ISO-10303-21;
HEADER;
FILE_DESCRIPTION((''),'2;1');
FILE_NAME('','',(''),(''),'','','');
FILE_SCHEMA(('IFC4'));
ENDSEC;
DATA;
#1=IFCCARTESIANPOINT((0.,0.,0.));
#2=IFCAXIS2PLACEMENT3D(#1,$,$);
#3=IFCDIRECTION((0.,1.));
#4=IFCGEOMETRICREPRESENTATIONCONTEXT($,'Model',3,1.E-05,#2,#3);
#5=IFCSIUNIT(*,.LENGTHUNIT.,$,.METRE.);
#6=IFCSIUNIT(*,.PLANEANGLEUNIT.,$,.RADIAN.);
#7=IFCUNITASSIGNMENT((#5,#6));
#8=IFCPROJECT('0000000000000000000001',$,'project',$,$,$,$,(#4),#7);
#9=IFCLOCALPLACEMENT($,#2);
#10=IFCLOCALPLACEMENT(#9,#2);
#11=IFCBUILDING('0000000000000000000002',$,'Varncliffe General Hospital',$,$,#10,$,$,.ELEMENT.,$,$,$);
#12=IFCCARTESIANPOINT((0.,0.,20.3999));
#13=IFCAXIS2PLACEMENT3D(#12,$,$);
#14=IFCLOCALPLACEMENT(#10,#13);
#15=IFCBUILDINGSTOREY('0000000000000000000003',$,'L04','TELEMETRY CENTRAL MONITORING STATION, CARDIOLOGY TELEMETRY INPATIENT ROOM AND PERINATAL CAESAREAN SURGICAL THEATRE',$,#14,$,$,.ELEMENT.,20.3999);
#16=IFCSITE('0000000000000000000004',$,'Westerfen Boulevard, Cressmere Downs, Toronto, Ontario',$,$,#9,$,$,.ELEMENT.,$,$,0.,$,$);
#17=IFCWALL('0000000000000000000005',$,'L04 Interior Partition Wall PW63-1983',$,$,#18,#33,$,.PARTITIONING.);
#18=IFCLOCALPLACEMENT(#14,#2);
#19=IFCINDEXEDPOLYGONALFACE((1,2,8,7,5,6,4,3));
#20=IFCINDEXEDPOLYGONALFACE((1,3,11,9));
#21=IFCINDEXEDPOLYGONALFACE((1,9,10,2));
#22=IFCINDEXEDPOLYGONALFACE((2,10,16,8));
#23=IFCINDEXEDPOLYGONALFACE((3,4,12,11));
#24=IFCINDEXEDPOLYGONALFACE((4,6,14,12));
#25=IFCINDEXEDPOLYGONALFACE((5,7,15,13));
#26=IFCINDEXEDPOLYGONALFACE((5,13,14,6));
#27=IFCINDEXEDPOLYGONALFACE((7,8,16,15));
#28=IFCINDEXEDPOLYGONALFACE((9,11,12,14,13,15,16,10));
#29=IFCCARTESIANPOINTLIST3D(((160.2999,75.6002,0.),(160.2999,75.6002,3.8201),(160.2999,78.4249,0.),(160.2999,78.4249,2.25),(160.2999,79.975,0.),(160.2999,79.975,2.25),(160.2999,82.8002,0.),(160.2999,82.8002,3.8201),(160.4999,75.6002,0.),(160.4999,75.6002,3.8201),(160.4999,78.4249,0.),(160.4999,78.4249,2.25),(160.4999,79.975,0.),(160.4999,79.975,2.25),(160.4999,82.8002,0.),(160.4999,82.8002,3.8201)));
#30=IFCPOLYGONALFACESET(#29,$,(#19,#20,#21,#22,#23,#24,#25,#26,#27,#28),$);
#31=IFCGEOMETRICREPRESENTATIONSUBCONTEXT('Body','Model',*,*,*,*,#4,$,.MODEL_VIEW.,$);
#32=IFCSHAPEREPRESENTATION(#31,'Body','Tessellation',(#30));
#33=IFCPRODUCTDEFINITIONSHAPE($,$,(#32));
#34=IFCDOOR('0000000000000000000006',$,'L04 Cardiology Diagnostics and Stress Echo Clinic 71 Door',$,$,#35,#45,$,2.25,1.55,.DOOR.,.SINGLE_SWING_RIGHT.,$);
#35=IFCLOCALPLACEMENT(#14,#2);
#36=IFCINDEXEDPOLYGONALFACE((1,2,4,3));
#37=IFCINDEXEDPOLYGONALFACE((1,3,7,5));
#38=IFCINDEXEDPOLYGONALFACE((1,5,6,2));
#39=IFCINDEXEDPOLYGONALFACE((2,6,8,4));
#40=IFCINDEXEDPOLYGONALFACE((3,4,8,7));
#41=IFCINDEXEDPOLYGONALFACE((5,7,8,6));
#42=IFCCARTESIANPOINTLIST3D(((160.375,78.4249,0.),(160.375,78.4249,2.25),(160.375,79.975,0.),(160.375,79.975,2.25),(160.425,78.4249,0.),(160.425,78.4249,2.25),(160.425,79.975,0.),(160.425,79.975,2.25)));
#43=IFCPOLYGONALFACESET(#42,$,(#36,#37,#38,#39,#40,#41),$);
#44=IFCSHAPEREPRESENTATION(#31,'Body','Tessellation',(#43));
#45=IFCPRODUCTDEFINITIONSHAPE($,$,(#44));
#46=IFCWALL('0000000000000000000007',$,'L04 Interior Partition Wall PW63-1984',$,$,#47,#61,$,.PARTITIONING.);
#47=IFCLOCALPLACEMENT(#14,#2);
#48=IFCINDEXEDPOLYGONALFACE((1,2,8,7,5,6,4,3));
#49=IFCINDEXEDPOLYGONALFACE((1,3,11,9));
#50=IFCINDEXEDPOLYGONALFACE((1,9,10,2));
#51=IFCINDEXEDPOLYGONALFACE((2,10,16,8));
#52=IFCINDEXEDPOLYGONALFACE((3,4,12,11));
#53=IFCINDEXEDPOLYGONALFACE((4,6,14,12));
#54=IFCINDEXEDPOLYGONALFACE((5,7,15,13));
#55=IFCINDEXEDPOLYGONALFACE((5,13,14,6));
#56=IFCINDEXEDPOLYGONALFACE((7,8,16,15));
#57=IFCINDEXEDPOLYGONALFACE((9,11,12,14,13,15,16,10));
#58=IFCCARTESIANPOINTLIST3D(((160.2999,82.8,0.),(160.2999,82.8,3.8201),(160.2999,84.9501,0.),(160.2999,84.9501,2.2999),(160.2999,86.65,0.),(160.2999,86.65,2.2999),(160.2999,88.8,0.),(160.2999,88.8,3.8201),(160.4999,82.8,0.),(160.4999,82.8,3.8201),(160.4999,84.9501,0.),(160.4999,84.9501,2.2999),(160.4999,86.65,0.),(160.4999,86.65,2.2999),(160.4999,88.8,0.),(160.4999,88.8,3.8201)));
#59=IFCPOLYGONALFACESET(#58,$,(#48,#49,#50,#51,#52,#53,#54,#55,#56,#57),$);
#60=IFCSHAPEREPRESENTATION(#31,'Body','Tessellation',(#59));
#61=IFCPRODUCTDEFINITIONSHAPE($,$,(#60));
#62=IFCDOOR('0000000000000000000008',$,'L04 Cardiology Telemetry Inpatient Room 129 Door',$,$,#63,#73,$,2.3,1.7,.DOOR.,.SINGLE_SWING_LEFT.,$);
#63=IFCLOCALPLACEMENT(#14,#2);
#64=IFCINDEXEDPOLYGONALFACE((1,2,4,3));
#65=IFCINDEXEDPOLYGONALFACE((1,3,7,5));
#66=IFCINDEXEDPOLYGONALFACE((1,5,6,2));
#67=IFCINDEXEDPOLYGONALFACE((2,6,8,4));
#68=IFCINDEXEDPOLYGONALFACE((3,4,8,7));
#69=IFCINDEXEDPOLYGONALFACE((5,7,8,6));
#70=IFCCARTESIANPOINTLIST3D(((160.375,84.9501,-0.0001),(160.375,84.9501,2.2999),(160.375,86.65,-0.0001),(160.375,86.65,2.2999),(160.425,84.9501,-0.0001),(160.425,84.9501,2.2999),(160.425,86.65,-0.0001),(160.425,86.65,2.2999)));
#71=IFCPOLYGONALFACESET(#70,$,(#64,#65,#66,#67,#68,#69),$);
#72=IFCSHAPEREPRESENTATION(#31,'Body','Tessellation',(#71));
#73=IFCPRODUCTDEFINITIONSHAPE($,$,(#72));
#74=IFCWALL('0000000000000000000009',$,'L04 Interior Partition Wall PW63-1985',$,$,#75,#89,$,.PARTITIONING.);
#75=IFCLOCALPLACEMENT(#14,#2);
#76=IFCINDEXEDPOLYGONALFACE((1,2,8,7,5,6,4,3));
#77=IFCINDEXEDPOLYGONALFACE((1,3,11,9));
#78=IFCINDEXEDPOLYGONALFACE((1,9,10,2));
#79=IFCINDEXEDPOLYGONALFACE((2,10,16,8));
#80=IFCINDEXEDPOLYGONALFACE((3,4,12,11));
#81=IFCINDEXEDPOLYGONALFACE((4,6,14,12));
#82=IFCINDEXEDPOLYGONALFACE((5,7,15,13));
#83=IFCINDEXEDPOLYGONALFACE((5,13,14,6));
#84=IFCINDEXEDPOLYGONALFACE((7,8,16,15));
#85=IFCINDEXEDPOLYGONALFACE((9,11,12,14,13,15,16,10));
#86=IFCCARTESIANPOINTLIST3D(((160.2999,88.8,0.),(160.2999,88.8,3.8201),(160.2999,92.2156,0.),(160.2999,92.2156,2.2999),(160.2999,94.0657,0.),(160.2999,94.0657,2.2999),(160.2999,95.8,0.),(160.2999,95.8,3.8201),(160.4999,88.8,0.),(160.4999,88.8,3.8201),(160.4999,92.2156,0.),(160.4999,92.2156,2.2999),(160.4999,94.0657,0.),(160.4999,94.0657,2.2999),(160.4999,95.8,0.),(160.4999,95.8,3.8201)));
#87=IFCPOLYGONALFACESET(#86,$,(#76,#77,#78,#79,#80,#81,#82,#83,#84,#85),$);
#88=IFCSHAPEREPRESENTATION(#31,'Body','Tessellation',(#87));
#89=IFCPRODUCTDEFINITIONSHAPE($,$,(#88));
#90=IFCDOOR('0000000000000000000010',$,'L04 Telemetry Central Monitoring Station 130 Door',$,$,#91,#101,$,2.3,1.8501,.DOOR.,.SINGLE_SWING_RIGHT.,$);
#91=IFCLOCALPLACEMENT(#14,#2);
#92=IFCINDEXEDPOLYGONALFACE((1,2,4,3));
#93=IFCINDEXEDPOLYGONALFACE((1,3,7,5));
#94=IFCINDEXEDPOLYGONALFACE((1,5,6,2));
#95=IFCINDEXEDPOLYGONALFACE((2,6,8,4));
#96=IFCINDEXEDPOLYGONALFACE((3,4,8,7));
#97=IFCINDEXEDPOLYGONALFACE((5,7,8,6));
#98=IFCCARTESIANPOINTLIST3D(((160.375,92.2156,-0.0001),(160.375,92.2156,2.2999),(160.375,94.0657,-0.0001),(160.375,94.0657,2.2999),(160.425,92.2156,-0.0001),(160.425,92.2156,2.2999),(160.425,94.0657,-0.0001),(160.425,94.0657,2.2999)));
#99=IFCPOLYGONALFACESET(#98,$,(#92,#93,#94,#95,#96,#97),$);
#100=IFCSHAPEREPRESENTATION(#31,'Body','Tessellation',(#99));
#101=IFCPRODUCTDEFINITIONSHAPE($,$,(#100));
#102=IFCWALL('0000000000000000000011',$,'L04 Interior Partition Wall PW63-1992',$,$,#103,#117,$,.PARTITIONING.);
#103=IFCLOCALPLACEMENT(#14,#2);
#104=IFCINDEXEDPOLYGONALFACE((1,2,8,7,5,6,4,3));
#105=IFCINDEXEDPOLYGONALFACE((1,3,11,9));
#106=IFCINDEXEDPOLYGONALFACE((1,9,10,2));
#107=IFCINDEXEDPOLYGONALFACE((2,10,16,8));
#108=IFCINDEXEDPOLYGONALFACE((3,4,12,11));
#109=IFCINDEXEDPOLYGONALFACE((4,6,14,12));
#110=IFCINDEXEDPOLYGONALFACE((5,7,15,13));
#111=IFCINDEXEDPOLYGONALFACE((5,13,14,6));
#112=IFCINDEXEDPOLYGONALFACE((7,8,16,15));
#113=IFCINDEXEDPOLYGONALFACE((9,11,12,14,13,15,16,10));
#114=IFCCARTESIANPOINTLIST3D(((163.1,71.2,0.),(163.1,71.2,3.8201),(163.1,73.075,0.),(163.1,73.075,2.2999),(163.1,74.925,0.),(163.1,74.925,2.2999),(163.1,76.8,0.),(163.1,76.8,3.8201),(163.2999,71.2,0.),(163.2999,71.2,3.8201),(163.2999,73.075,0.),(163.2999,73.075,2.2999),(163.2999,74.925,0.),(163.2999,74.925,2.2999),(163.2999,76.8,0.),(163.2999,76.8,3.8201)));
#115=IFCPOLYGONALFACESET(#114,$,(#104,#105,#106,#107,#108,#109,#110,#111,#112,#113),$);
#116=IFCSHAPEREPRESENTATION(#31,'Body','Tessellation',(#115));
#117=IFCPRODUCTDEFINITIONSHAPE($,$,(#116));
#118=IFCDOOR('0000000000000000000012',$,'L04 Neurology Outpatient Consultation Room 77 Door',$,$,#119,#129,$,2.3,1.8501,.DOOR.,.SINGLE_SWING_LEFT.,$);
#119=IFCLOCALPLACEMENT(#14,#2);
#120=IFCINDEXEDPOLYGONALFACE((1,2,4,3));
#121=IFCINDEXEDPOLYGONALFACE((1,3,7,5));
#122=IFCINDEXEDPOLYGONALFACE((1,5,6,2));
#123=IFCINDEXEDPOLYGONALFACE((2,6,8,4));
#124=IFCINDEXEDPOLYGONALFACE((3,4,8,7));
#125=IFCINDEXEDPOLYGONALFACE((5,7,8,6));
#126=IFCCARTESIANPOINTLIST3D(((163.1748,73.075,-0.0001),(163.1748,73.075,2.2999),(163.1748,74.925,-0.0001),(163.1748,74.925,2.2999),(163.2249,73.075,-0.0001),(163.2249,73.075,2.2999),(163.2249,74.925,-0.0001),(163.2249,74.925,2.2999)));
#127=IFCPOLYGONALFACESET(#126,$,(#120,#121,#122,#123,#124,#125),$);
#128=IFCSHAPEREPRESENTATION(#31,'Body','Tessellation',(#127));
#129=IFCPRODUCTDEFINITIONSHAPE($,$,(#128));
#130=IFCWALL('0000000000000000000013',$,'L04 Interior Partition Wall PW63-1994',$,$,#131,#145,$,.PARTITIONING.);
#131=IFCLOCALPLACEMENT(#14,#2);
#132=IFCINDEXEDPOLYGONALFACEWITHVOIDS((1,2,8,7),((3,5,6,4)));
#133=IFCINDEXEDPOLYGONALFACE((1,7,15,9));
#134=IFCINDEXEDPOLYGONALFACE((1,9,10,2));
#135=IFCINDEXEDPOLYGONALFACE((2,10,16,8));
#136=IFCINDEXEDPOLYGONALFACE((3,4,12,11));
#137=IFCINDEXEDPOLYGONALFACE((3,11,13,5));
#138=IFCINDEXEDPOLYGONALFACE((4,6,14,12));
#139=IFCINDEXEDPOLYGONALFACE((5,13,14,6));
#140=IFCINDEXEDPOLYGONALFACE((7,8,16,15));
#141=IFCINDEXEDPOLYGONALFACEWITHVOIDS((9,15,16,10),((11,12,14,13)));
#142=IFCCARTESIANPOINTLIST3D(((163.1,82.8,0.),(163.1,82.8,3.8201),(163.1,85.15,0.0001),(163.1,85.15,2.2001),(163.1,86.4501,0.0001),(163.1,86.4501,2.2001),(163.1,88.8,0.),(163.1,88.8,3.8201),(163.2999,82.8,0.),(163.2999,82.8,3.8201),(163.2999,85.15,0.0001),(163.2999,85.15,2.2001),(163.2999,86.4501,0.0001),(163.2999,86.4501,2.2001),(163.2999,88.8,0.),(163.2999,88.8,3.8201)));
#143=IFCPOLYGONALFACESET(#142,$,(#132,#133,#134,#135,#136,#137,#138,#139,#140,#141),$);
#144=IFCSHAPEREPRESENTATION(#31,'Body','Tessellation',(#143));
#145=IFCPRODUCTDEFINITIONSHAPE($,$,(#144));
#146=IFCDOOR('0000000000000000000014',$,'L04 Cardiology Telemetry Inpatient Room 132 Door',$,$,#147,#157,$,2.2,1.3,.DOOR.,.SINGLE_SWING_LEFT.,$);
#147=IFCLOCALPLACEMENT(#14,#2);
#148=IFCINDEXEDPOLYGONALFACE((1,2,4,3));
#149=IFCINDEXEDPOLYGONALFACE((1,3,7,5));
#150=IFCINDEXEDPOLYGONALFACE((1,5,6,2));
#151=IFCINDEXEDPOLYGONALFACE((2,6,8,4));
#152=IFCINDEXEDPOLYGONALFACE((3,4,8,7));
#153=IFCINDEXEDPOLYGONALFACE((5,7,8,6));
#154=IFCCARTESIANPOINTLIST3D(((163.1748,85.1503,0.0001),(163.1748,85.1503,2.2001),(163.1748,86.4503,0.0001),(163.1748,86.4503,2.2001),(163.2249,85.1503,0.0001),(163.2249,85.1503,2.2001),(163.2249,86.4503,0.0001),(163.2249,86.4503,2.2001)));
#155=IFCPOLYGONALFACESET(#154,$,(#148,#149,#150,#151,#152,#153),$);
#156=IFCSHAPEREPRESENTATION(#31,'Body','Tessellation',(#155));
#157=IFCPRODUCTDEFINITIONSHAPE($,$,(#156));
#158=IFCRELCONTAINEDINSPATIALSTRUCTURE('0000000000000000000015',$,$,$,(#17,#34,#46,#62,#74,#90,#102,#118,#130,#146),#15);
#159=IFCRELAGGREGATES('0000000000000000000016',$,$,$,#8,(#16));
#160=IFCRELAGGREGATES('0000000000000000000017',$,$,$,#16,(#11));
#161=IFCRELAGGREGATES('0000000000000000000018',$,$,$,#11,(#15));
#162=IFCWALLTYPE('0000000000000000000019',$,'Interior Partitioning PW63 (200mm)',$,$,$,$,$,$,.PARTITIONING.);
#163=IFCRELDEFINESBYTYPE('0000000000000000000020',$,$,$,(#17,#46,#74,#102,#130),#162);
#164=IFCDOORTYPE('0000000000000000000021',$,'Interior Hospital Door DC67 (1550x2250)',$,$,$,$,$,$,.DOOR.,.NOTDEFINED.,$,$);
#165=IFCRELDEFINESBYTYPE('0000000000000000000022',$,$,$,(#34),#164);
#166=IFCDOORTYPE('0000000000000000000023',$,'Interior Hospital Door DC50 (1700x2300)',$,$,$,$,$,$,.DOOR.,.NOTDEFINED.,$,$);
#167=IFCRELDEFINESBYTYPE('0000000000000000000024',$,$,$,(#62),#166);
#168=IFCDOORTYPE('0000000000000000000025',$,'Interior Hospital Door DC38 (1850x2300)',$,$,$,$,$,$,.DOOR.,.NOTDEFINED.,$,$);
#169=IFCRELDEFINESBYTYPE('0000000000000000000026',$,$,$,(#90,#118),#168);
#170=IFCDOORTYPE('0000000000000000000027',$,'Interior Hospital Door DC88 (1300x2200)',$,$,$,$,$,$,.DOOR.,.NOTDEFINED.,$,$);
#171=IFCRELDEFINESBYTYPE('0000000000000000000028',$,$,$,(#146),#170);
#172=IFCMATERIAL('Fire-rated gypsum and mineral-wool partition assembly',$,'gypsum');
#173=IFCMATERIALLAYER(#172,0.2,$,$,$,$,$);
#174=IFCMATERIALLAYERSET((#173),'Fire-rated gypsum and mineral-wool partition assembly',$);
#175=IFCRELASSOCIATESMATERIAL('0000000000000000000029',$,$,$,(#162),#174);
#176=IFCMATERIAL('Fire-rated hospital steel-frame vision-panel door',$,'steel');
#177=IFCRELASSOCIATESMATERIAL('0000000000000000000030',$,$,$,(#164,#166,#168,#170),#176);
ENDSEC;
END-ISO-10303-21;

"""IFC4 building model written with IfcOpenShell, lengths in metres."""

from ifc_helpers import new_model, si_unit, direction, frame, frame_2d, origin, place, context, subcontext, project, spatial, rectangle, extrude, material, layer, layer_set, type_object, element, fill, save


model = new_model("IFC4")

# Units and contexts
model_context = context("Model", 3, precision=1e-05, world=origin(), true_north=direction((0.0, 1.0)))
body_context = subcontext(model_context, "Body", "Model", "MODEL_VIEW")
ifc_project = project(units=[si_unit("LENGTHUNIT", "METRE"), si_unit("PLANEANGLEUNIT", "RADIAN")], contexts=[model_context])

# Site, building, storey
site_placement = place(None, origin())
site = spatial("IfcSite", under=ifc_project, at=site_placement, Name="Westerfen Boulevard, Cressmere Downs, Toronto, Ontario", CompositionType="ELEMENT", RefElevation=0.0)
building_placement = place(site_placement, origin())
building = spatial("IfcBuilding", under=site, at=building_placement, Name="Varncliffe General Hospital", CompositionType="ELEMENT")
storey_placement = place(building_placement, frame((0.0, 0.0, 20.3999)))
storey = spatial("IfcBuildingStorey", under=building, at=storey_placement, Name="L04", Description="TELEMETRY CENTRAL MONITORING STATION, CARDIOLOGY TELEMETRY INPATIENT ROOM AND PERINATAL CAESAREAN SURGICAL THEATRE", CompositionType="ELEMENT", Elevation=20.3999)

# Walls, openings, doors
ifc_material_1 = material(Name="Fire-rated gypsum and mineral-wool partition assembly", Category="gypsum")
ifc_layer_1 = layer(ifc_material_1, 0.2)
ifc_layer_set_1 = layer_set([ifc_layer_1], Name="Fire-rated gypsum and mineral-wool partition assembly")
wall_type_1 = type_object("IfcWallType", Name="Interior Partitioning PW63 (200mm)", PredefinedType="PARTITIONING", material=ifc_layer_set_1)
ifc_material_2 = material(Name="Fire-rated hospital steel-frame vision-panel door", Category="steel")
wall_1_placement = place(storey_placement, frame((160.3999, 75.6001, 0.0), z_axis=(0.0, 0.0, 1.0), x_axis=(0.0, 1.0, 0.0)))
wall_1 = element("IfcWall", 1, at=wall_1_placement, inside=storey, type_object=wall_type_1, Name="L04 Interior Partition Wall PW63-1983", PredefinedType="PARTITIONING", context=body_context, shape_type="SweptSolid", body=[
    extrude(rectangle(XDim=7.2, YDim=0.2, at=frame_2d((3.6001, 0.0))), origin(), (0.0, 0.0, 1.0), 3.8201),
])
opening_1_placement = place(wall_1_placement, frame((2.825, 0.0, 0.0)))
opening_1 = element("IfcOpeningElement", 2, at=opening_1_placement, cuts=wall_1, PredefinedType="OPENING", context=body_context, shape_type="SweptSolid", body=[
    extrude(rectangle(XDim=1.55, YDim=2.25, at=frame_2d((0.7749, 1.125))), frame((0.0, 0.1099, 0.0), z_axis=(0.0, -1.0, 0.0), x_axis=(1.0, 0.0, 0.0)), (0.0, 0.0, 1.0), 0.22),
])
door_type_1 = type_object("IfcDoorType", Name="Interior Hospital Door DC67 (1550x2250)", OperationType="NOTDEFINED", PredefinedType="DOOR", material=ifc_material_2)
door_1_placement = place(opening_1_placement, origin())
door_1 = element("IfcDoor", 3, at=door_1_placement, inside=storey, type_object=door_type_1, Name="L04 Cardiology Diagnostics and Stress Echo Clinic 71 Door", OperationType="SINGLE_SWING_RIGHT", OverallHeight=2.25, OverallWidth=1.55, PredefinedType="DOOR", context=body_context, shape_type="SweptSolid", body=[
    extrude(rectangle(XDim=1.55, YDim=2.25, at=frame_2d((0.7749, 1.125))), frame((0.0, 0.0249, 0.0), z_axis=(0.0, -1.0, 0.0), x_axis=(1.0, 0.0, 0.0)), (0.0, 0.0, 1.0), 0.05),
])
fill(opening_1, door_1)
wall_2_placement = place(storey_placement, frame((160.3999, 82.8, 0.0), z_axis=(0.0, 0.0, 1.0), x_axis=(0.0, 1.0, 0.0)))
wall_2 = element("IfcWall", 4, at=wall_2_placement, inside=storey, type_object=wall_type_1, Name="L04 Interior Partition Wall PW63-1984", PredefinedType="PARTITIONING", context=body_context, shape_type="SweptSolid", body=[
    extrude(rectangle(XDim=6.0, YDim=0.2, at=frame_2d((3.0, 0.0))), origin(), (0.0, 0.0, 1.0), 3.8201),
])
opening_2_placement = place(wall_2_placement, frame((2.1499, 0.0, 0.0)))
opening_2 = element("IfcOpeningElement", 5, at=opening_2_placement, cuts=wall_2, PredefinedType="OPENING", context=body_context, shape_type="SweptSolid", body=[
    extrude(rectangle(XDim=1.7, YDim=2.3, at=frame_2d((0.8501, 1.1499))), frame((0.0, 0.1099, 0.0), z_axis=(0.0, -1.0, 0.0), x_axis=(1.0, 0.0, 0.0)), (0.0, 0.0, 1.0), 0.22),
])
door_type_2 = type_object("IfcDoorType", Name="Interior Hospital Door DC50 (1700x2300)", OperationType="NOTDEFINED", PredefinedType="DOOR", material=ifc_material_2)
door_2_placement = place(opening_2_placement, origin())
door_2 = element("IfcDoor", 6, at=door_2_placement, inside=storey, type_object=door_type_2, Name="L04 Cardiology Telemetry Inpatient Room 129 Door", OperationType="SINGLE_SWING_LEFT", OverallHeight=2.3, OverallWidth=1.7, PredefinedType="DOOR", context=body_context, shape_type="SweptSolid", body=[
    extrude(rectangle(XDim=1.7, YDim=2.3, at=frame_2d((0.8501, 1.1499))), frame((0.0, 0.0249, 0.0), z_axis=(0.0, -1.0, 0.0), x_axis=(1.0, 0.0, 0.0)), (0.0, 0.0, 1.0), 0.05),
])
fill(opening_2, door_2)
wall_3_placement = place(storey_placement, frame((160.3999, 88.8, 0.0), z_axis=(0.0, 0.0, 1.0), x_axis=(0.0, 1.0, 0.0)))
wall_3 = element("IfcWall", 7, at=wall_3_placement, inside=storey, type_object=wall_type_1, Name="L04 Interior Partition Wall PW63-1985", PredefinedType="PARTITIONING", context=body_context, shape_type="SweptSolid", body=[
    extrude(rectangle(XDim=7.0, YDim=0.2, at=frame_2d((3.5, 0.0))), origin(), (0.0, 0.0, 1.0), 3.8201),
])
opening_3_placement = place(wall_3_placement, frame((3.4155, 0.0, 0.0)))
opening_3 = element("IfcOpeningElement", 8, at=opening_3_placement, cuts=wall_3, PredefinedType="OPENING", context=body_context, shape_type="SweptSolid", body=[
    extrude(rectangle(XDim=1.8501, YDim=2.3, at=frame_2d((0.925, 1.1499))), frame((0.0, 0.1099, 0.0), z_axis=(0.0, -1.0, 0.0), x_axis=(1.0, 0.0, 0.0)), (0.0, 0.0, 1.0), 0.22),
])
door_type_3 = type_object("IfcDoorType", Name="Interior Hospital Door DC38 (1850x2300)", OperationType="NOTDEFINED", PredefinedType="DOOR", material=ifc_material_2)
door_3_placement = place(opening_3_placement, origin())
door_3 = element("IfcDoor", 9, at=door_3_placement, inside=storey, type_object=door_type_3, Name="L04 Telemetry Central Monitoring Station 130 Door", OperationType="SINGLE_SWING_RIGHT", OverallHeight=2.3, OverallWidth=1.8501, PredefinedType="DOOR", context=body_context, shape_type="SweptSolid", body=[
    extrude(rectangle(XDim=1.8501, YDim=2.3, at=frame_2d((0.925, 1.1499))), frame((0.0, 0.0249, 0.0), z_axis=(0.0, -1.0, 0.0), x_axis=(1.0, 0.0, 0.0)), (0.0, 0.0, 1.0), 0.05),
])
fill(opening_3, door_3)
wall_4_placement = place(storey_placement, frame((163.2, 71.2, 0.0), z_axis=(0.0, 0.0, 1.0), x_axis=(0.0, 1.0, 0.0)))
wall_4 = element("IfcWall", 10, at=wall_4_placement, inside=storey, type_object=wall_type_1, Name="L04 Interior Partition Wall PW63-1992", PredefinedType="PARTITIONING", context=body_context, shape_type="SweptSolid", body=[
    extrude(rectangle(XDim=5.6001, YDim=0.2, at=frame_2d((2.8, 0.0))), origin(), (0.0, 0.0, 1.0), 3.8201),
])
opening_4_placement = place(wall_4_placement, frame((1.875, 0.0, 0.0)))
opening_4 = element("IfcOpeningElement", 11, at=opening_4_placement, cuts=wall_4, PredefinedType="OPENING", context=body_context, shape_type="SweptSolid", body=[
    extrude(rectangle(XDim=1.8501, YDim=2.3, at=frame_2d((0.925, 1.1499))), frame((0.0, 0.1099, 0.0), z_axis=(0.0, -1.0, 0.0), x_axis=(1.0, 0.0, 0.0)), (0.0, 0.0, 1.0), 0.22),
])
door_4_placement = place(opening_4_placement, frame((1.8501, 0.0, 0.0), z_axis=(0.0, 0.0, 1.0), x_axis=(-1.0, 0.0, 0.0)))
door_4 = element("IfcDoor", 12, at=door_4_placement, inside=storey, type_object=door_type_3, Name="L04 Neurology Outpatient Consultation Room 77 Door", OperationType="SINGLE_SWING_LEFT", OverallHeight=2.3, OverallWidth=1.8501, PredefinedType="DOOR", context=body_context, shape_type="SweptSolid", body=[
    extrude(rectangle(XDim=1.8501, YDim=2.3, at=frame_2d((0.925, 1.1499))), frame((0.0, 0.0249, 0.0), z_axis=(0.0, -1.0, 0.0), x_axis=(1.0, 0.0, 0.0)), (0.0, 0.0, 1.0), 0.05),
])
fill(opening_4, door_4)
wall_5_placement = place(storey_placement, frame((163.2, 82.8, 0.0), z_axis=(0.0, 0.0, 1.0), x_axis=(0.0, 1.0, 0.0)))
wall_5 = element("IfcWall", 13, at=wall_5_placement, inside=storey, type_object=wall_type_1, Name="L04 Interior Partition Wall PW63-1994", PredefinedType="PARTITIONING", context=body_context, shape_type="SweptSolid", body=[
    extrude(rectangle(XDim=6.0, YDim=0.2, at=frame_2d((3.0, 0.0))), origin(), (0.0, 0.0, 1.0), 3.8201),
])
opening_5_placement = place(wall_5_placement, frame((2.3501, 0.0, 0.0)))
opening_5 = element("IfcOpeningElement", 14, at=opening_5_placement, cuts=wall_5, PredefinedType="OPENING", context=body_context, shape_type="SweptSolid", body=[
    extrude(rectangle(XDim=1.3, YDim=2.2, at=frame_2d((0.6499, 1.1001))), frame((0.0, 0.1099, 0.0), z_axis=(0.0, -1.0, 0.0), x_axis=(1.0, 0.0, 0.0)), (0.0, 0.0, 1.0), 0.22),
])
door_type_4 = type_object("IfcDoorType", Name="Interior Hospital Door DC88 (1300x2200)", OperationType="NOTDEFINED", PredefinedType="DOOR", material=ifc_material_2)
door_5_placement = place(opening_5_placement, frame((1.3, 0.0, 0.0), z_axis=(0.0, 0.0, 1.0), x_axis=(-1.0, 0.0, 0.0)))
door_5 = element("IfcDoor", 15, at=door_5_placement, inside=storey, type_object=door_type_4, Name="L04 Cardiology Telemetry Inpatient Room 132 Door", OperationType="SINGLE_SWING_LEFT", OverallHeight=2.2, OverallWidth=1.3, PredefinedType="DOOR", context=body_context, shape_type="SweptSolid", body=[
    extrude(rectangle(XDim=1.3, YDim=2.2, at=frame_2d((0.6499, 1.1001))), frame((0.0, 0.0249, 0.0), z_axis=(0.0, -1.0, 0.0), x_axis=(1.0, 0.0, 0.0)), (0.0, 0.0, 1.0), 0.05),
])
fill(opening_5, door_5)

save(model, "model.ifc")
